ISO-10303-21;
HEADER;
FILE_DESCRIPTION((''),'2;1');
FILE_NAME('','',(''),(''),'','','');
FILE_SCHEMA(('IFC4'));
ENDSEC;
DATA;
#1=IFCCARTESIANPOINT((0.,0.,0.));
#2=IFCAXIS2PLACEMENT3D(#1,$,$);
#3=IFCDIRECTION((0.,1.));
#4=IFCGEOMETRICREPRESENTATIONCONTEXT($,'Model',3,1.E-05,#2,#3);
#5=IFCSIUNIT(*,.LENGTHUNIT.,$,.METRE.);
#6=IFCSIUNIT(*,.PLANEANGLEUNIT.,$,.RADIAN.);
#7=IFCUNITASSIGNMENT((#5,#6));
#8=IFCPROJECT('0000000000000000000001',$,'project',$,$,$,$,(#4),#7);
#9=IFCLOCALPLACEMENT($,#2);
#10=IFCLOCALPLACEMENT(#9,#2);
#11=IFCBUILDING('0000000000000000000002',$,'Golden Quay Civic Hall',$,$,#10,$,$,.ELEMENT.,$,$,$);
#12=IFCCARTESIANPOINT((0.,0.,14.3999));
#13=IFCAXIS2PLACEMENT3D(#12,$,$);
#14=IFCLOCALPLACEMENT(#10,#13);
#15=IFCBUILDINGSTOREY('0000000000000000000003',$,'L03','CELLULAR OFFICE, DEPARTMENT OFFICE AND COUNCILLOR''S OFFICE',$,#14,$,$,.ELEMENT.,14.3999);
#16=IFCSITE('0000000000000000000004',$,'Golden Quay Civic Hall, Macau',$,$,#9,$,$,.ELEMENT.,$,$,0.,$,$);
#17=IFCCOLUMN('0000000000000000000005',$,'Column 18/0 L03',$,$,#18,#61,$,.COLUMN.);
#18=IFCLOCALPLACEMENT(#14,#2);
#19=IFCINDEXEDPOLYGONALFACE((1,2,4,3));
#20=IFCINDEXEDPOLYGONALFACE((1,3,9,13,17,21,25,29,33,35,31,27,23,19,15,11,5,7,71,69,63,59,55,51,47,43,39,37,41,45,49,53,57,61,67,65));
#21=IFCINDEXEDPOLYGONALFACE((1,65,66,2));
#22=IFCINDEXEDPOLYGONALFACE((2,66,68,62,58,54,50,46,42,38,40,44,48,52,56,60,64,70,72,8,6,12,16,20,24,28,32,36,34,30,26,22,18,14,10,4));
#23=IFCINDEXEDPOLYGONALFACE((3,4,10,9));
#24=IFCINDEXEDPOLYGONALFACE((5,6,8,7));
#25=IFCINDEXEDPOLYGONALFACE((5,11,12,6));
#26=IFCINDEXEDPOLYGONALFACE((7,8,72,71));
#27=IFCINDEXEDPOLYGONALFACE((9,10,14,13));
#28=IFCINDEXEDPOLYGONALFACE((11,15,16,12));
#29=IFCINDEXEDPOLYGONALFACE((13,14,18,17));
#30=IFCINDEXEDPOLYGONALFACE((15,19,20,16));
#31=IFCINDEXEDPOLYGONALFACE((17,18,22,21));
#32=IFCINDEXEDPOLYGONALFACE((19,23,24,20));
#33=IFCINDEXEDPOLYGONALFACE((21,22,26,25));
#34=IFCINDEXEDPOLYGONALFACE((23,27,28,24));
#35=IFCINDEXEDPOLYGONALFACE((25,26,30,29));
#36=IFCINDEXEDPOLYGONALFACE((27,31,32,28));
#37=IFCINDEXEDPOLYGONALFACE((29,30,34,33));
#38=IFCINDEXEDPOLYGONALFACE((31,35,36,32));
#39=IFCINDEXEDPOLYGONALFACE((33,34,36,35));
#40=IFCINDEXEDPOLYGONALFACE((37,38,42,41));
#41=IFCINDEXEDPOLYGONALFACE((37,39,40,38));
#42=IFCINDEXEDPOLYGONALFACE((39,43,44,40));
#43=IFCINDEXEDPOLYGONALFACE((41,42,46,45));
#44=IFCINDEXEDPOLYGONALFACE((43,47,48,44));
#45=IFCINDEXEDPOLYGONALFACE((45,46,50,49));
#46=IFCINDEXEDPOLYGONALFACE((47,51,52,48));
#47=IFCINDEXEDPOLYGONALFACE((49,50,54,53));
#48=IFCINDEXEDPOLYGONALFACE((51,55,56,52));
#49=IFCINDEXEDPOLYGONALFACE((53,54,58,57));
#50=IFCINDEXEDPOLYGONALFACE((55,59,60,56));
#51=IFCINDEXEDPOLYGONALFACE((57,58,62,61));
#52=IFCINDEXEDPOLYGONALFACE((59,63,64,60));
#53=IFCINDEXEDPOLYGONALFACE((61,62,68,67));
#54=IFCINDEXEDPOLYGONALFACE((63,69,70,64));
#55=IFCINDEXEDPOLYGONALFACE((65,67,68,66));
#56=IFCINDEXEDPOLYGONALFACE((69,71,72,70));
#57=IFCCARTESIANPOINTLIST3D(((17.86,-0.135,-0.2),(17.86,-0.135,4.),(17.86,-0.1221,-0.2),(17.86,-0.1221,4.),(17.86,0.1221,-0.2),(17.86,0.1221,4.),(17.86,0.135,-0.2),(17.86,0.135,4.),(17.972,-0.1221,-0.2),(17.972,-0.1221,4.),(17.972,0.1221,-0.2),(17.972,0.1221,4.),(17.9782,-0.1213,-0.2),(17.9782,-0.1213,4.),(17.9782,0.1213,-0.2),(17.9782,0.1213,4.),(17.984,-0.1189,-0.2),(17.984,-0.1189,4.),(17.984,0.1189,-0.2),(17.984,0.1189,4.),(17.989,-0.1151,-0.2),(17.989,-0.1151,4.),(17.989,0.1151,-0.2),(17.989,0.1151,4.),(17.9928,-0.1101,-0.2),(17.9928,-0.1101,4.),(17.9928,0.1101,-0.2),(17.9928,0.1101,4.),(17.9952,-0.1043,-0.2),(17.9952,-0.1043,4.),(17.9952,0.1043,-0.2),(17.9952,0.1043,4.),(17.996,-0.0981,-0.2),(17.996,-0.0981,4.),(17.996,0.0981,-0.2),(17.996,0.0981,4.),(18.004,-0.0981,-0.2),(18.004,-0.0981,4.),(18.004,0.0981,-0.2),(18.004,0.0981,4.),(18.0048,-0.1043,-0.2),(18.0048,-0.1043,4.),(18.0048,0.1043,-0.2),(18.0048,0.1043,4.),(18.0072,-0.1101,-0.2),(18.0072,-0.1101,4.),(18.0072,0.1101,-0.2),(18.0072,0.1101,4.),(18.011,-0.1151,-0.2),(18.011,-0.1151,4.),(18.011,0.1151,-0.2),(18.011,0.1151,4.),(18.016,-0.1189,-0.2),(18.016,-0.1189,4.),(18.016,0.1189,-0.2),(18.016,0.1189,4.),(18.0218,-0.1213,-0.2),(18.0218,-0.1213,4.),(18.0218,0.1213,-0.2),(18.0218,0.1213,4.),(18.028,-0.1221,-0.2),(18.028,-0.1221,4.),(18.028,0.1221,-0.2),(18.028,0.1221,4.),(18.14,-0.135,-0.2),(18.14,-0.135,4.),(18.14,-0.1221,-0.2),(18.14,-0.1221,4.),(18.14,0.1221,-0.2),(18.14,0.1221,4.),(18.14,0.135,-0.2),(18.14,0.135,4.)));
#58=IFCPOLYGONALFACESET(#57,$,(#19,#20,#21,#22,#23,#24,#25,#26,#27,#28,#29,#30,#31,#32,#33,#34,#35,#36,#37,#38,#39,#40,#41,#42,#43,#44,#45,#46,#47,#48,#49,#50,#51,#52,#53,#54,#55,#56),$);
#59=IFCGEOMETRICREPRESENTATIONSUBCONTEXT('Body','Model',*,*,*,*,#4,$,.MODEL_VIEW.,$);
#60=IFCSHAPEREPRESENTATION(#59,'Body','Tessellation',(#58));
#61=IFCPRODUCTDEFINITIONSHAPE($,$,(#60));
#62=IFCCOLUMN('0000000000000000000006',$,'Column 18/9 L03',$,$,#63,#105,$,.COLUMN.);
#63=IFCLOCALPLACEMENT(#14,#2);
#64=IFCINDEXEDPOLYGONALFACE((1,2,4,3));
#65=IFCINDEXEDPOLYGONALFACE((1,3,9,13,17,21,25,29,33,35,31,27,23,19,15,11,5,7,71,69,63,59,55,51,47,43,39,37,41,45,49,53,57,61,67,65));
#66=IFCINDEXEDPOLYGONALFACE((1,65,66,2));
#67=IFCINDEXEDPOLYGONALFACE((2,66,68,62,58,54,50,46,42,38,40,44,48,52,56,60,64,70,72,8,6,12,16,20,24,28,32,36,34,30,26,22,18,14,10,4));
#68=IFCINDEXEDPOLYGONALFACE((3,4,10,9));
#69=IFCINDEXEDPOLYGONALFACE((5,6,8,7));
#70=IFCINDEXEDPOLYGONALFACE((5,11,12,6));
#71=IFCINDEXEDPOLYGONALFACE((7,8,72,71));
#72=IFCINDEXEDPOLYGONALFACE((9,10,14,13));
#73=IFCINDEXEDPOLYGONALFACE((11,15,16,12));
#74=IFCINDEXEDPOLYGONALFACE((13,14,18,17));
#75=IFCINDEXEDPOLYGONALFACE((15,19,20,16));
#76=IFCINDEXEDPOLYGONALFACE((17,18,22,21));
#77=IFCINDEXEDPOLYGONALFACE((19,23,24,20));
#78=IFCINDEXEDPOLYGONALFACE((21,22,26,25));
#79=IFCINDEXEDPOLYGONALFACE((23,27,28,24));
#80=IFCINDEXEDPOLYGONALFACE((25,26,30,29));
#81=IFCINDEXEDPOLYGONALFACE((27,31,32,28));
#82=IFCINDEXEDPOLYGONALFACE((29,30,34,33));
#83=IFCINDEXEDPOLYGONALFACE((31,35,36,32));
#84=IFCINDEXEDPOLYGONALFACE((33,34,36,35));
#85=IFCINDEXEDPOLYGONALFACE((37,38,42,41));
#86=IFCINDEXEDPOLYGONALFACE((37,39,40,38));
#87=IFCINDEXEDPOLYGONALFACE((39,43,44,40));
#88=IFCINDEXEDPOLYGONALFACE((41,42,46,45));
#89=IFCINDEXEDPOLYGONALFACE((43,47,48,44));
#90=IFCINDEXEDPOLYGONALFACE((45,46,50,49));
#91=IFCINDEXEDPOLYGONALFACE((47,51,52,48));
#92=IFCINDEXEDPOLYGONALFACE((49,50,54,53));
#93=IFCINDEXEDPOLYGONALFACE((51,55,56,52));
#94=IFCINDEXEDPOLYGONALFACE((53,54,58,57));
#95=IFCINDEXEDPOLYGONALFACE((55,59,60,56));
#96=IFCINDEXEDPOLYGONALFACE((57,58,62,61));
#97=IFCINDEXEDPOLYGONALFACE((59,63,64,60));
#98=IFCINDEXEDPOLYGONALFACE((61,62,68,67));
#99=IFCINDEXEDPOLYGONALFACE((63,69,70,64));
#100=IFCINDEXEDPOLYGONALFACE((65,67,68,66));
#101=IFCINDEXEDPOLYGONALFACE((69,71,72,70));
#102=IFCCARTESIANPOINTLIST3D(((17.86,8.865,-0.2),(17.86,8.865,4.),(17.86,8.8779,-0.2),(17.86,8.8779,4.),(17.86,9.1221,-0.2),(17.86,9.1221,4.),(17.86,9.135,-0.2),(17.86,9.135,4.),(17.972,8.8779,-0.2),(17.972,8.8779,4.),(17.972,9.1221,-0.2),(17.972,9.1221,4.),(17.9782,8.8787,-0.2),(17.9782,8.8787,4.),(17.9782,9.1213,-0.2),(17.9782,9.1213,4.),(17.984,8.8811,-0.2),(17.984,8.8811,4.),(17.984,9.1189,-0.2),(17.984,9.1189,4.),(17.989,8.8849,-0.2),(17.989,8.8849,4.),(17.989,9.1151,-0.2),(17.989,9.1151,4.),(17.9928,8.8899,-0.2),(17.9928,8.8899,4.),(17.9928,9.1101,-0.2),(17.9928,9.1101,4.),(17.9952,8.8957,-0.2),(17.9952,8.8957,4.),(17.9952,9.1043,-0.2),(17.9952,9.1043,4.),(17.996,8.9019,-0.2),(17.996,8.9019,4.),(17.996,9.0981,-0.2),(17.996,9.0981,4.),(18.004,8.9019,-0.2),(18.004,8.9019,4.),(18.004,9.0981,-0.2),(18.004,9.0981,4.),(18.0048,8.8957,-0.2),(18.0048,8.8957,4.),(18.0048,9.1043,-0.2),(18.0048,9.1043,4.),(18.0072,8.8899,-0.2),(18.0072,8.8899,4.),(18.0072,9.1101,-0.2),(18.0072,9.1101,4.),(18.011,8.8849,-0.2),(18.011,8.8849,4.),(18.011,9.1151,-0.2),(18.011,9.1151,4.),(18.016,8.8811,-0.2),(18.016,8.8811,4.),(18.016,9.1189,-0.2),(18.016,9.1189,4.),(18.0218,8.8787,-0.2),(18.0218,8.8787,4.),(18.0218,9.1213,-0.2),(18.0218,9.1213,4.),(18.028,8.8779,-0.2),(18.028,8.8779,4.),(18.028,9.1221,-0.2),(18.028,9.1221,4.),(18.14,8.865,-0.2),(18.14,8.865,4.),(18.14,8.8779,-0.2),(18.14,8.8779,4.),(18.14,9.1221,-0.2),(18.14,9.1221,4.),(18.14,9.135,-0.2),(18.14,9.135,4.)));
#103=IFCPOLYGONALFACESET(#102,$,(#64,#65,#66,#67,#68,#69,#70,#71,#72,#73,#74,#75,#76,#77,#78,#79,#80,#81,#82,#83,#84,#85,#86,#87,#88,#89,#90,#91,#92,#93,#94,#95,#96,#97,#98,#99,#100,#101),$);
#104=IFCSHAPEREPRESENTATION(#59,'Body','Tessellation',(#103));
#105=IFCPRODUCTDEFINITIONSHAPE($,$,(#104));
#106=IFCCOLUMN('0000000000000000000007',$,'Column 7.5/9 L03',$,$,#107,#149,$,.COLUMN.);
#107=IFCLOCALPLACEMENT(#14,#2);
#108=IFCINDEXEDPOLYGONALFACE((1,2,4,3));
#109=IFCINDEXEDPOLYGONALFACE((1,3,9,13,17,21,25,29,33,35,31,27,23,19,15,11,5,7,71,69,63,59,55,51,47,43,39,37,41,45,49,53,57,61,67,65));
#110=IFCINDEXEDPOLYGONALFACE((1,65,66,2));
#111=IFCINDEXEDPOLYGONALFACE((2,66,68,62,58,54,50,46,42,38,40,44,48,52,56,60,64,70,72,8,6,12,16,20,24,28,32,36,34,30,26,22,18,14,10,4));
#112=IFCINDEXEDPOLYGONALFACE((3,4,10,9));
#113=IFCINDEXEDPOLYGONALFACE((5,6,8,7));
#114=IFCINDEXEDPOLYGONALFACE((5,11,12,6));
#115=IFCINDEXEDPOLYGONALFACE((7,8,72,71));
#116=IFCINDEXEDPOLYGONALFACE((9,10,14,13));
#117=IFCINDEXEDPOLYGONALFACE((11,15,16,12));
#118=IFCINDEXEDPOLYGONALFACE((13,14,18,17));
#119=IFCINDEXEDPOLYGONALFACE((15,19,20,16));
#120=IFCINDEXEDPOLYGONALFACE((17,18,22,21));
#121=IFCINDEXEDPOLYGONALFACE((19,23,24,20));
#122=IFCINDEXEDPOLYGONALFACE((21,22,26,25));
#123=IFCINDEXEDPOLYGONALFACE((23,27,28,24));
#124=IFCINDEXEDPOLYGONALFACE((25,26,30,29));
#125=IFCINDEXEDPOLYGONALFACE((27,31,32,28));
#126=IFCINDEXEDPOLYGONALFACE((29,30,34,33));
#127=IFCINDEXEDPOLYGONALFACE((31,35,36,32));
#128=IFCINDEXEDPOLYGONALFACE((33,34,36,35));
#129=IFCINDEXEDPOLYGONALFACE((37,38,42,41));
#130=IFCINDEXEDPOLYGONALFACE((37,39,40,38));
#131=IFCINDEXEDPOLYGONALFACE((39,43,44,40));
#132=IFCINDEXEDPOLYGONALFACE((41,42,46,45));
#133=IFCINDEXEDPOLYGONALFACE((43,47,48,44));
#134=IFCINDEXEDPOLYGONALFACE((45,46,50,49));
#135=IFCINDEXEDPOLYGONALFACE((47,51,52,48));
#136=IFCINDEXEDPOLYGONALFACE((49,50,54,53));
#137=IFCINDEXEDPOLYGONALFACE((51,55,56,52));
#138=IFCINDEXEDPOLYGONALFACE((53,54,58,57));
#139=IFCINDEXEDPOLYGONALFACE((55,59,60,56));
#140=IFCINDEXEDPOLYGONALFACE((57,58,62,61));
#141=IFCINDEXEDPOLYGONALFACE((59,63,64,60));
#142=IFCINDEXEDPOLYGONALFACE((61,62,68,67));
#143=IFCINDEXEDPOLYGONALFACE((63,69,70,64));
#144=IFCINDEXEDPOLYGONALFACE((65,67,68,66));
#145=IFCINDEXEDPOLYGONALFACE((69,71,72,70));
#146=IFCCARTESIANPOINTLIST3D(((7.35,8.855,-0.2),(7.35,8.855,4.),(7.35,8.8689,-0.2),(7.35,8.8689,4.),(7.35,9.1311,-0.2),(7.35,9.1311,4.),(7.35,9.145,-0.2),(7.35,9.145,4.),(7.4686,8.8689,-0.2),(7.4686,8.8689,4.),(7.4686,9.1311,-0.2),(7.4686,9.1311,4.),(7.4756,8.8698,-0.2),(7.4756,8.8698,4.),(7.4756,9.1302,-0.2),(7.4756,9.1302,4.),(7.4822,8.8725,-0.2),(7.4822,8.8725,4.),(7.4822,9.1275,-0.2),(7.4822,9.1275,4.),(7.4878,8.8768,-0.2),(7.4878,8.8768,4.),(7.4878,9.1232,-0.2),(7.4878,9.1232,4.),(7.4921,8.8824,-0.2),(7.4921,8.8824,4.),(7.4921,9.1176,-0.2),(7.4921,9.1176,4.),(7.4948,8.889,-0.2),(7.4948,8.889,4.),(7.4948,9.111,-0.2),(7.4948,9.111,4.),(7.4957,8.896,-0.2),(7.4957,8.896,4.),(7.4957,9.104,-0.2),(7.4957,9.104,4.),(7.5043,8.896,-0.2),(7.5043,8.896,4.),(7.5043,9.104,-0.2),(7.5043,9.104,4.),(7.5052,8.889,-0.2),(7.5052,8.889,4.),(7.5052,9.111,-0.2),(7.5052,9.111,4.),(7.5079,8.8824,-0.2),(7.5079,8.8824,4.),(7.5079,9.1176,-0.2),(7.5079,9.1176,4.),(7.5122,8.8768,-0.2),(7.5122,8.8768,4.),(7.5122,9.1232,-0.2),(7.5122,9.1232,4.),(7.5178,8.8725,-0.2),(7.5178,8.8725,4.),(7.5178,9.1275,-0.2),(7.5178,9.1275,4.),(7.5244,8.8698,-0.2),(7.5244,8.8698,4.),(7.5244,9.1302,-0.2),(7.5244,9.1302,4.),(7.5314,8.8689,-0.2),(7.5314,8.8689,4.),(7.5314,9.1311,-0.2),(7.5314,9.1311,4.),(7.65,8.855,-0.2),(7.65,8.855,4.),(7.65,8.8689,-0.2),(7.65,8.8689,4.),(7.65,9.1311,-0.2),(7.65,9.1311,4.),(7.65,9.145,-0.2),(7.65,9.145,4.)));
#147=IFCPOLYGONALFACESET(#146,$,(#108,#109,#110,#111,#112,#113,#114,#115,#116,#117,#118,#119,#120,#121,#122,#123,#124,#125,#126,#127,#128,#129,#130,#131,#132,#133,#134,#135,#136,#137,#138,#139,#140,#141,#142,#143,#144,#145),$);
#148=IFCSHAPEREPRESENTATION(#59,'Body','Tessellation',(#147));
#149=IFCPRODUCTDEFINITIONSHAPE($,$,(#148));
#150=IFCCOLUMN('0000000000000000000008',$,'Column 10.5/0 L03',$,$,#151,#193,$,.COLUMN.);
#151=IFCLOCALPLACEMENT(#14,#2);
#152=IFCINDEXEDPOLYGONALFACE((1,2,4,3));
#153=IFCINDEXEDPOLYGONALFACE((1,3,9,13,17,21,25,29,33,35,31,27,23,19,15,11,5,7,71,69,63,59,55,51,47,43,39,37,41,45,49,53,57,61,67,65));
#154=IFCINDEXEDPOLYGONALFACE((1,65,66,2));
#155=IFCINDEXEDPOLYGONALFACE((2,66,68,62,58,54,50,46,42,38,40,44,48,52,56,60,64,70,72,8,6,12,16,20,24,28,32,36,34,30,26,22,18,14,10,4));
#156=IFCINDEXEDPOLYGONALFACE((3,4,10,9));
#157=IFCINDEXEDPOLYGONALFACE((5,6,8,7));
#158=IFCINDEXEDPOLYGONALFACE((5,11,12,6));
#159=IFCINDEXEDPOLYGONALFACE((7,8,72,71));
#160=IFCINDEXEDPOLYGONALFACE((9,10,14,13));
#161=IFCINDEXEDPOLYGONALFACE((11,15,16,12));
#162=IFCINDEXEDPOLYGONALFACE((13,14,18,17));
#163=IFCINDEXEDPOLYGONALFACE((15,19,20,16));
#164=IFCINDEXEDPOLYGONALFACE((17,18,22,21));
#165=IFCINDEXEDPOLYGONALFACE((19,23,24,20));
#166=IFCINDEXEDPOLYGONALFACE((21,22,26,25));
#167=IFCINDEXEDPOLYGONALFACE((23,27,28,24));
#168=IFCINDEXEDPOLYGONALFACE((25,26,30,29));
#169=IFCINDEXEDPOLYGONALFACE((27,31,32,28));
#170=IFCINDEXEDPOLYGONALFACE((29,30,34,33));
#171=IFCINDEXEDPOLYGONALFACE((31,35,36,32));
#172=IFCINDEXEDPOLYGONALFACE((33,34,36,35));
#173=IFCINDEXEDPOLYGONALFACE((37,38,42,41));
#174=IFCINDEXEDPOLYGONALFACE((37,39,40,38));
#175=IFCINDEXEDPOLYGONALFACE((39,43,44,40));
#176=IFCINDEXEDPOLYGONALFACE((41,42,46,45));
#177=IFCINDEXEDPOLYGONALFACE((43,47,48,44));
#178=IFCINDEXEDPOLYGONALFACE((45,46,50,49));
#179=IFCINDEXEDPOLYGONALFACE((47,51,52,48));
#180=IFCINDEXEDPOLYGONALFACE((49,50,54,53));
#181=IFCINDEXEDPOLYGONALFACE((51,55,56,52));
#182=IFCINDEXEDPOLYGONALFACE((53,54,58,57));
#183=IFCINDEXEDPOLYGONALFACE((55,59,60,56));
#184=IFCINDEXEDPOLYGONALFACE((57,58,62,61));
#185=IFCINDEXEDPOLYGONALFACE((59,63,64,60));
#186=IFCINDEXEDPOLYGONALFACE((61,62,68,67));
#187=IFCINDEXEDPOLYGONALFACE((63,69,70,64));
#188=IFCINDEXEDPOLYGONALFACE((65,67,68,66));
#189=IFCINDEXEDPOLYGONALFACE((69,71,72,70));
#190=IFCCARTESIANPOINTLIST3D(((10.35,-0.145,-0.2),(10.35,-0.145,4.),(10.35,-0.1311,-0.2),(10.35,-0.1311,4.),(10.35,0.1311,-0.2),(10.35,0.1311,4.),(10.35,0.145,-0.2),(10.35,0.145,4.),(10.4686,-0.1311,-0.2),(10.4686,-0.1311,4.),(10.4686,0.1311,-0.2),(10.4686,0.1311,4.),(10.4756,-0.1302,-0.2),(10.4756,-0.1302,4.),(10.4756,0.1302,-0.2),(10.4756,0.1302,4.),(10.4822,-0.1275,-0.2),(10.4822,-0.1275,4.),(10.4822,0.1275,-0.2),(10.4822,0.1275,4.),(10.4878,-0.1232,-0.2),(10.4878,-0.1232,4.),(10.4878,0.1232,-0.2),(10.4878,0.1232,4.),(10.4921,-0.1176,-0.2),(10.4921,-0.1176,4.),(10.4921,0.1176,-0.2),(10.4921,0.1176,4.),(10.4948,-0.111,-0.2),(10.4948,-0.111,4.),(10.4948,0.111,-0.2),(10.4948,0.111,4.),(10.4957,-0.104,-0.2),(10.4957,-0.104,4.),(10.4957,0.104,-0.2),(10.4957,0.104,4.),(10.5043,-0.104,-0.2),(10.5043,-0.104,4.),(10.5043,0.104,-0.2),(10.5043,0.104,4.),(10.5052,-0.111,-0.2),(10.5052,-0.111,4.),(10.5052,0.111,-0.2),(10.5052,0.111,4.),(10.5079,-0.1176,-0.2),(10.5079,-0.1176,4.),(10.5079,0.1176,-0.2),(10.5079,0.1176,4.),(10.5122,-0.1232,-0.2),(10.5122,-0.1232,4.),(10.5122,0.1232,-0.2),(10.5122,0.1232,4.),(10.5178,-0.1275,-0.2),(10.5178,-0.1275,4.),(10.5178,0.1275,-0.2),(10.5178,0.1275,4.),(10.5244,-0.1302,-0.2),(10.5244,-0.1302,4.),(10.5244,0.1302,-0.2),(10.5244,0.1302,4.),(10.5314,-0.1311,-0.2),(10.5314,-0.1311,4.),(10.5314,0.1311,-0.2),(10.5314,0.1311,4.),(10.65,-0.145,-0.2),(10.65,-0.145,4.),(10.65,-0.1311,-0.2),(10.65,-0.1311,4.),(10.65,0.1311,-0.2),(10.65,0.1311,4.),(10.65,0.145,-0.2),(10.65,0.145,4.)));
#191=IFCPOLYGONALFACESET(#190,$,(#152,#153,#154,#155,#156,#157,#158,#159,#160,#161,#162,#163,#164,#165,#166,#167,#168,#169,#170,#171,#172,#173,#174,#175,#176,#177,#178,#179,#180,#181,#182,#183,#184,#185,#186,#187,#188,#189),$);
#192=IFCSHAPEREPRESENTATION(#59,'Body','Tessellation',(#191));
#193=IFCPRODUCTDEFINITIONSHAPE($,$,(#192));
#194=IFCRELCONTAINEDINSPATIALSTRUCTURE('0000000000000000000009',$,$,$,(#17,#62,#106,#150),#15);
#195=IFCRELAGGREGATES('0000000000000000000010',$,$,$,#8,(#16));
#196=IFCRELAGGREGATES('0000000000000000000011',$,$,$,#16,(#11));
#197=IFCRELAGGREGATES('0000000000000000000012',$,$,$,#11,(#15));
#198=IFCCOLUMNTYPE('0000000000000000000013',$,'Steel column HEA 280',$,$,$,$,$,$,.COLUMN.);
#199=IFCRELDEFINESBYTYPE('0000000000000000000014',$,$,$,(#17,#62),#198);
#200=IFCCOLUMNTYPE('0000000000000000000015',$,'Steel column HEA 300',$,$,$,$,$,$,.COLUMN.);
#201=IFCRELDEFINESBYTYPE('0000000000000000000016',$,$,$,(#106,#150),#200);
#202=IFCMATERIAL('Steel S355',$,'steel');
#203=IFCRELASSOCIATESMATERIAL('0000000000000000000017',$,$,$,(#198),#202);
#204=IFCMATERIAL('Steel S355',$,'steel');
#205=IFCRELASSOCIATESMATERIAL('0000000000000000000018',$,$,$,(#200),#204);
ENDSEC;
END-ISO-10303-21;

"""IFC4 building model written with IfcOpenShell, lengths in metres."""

from ifc_helpers import new_model, si_unit, direction, frame, origin, origin_2d, place, context, subcontext, project, spatial, i_section, extrude, material, material_profile, profile_set, type_object, element, save


model = new_model("IFC4")

# Units and contexts
model_context = context("Model", 3, precision=1e-05, world=origin(), true_north=direction((0.0, 1.0)))
body_context = subcontext(model_context, "Body", "Model", "MODEL_VIEW")
ifc_project = project(units=[si_unit("LENGTHUNIT", "METRE"), si_unit("PLANEANGLEUNIT", "RADIAN")], contexts=[model_context])

# Site, building, storey
site_placement = place(None, origin())
site = spatial("IfcSite", under=ifc_project, at=site_placement, Name="Golden Quay Civic Hall, Macau", CompositionType="ELEMENT", RefElevation=0.0)
building_placement = place(site_placement, origin())
building = spatial("IfcBuilding", under=site, at=building_placement, Name="Golden Quay Civic Hall", CompositionType="ELEMENT")
storey_placement = place(building_placement, frame((0.0, 0.0, 14.3999)))
storey = spatial("IfcBuildingStorey", under=building, at=storey_placement, Name="L03", Description="CELLULAR OFFICE, DEPARTMENT OFFICE AND COUNCILLOR'S OFFICE", CompositionType="ELEMENT", Elevation=14.3999)

# Columns
ifc_material_1 = material(Name="Steel S355", Category="steel")
ifc_material_profile_1 = material_profile(ifc_material_1, i_section(OverallWidth=0.28, OverallDepth=0.27, WebThickness=0.0081, FlangeThickness=0.0129, FilletRadius=0.0239, at=origin_2d()), Name="HEA 280")
ifc_profile_set_1 = profile_set([ifc_material_profile_1], Name="Steel S355")
column_type_1 = type_object("IfcColumnType", Name="Steel column HEA 280", PredefinedType="COLUMN", material=ifc_profile_set_1)
for number, where, z_axis, x_axis, name in (
    (1, (18.0, 0.0, -0.2), (0.0, 0.0, 1.0), (1.0, 0.0, 0.0), "Column 18/0 L03"),
    (2, (18.0, 9.0, -0.2), (0.0, 0.0, 1.0), (1.0, 0.0, 0.0), "Column 18/9 L03"),
):
    element("IfcColumn", number, at=place(storey_placement, frame(where, z_axis=z_axis, x_axis=x_axis)), inside=storey, type_object=column_type_1, Name=name, PredefinedType="COLUMN", context=body_context, shape_type="SweptSolid", body=[
        extrude(i_section(OverallWidth=0.28, OverallDepth=0.27, WebThickness=0.0081, FlangeThickness=0.0129, FilletRadius=0.0239, at=origin_2d()), origin(), (0.0, 0.0, 1.0), 4.2),
    ])
ifc_material_2 = material(Name="Steel S355", Category="steel")
ifc_material_profile_2 = material_profile(ifc_material_2, i_section(OverallWidth=0.3, OverallDepth=0.29, WebThickness=0.0085, FlangeThickness=0.0139, FilletRadius=0.0271, at=origin_2d()), Name="HEA 300")
ifc_profile_set_2 = profile_set([ifc_material_profile_2], Name="Steel S355")
column_type_2 = type_object("IfcColumnType", Name="Steel column HEA 300", PredefinedType="COLUMN", material=ifc_profile_set_2)
for number, where, z_axis, x_axis, name in (
    (3, (7.5, 9.0, -0.2), (0.0, 0.0, 1.0), (1.0, 0.0, 0.0), "Column 7.5/9 L03"),
    (4, (10.5, 0.0, -0.2), (0.0, 0.0, 1.0), (1.0, 0.0, 0.0), "Column 10.5/0 L03"),
):
    element("IfcColumn", number, at=place(storey_placement, frame(where, z_axis=z_axis, x_axis=x_axis)), inside=storey, type_object=column_type_2, Name=name, PredefinedType="COLUMN", context=body_context, shape_type="SweptSolid", body=[
        extrude(i_section(OverallWidth=0.3, OverallDepth=0.29, WebThickness=0.0085, FlangeThickness=0.0139, FilletRadius=0.0271, at=origin_2d()), origin(), (0.0, 0.0, 1.0), 4.2),
    ])

save(model, "model.ifc")
